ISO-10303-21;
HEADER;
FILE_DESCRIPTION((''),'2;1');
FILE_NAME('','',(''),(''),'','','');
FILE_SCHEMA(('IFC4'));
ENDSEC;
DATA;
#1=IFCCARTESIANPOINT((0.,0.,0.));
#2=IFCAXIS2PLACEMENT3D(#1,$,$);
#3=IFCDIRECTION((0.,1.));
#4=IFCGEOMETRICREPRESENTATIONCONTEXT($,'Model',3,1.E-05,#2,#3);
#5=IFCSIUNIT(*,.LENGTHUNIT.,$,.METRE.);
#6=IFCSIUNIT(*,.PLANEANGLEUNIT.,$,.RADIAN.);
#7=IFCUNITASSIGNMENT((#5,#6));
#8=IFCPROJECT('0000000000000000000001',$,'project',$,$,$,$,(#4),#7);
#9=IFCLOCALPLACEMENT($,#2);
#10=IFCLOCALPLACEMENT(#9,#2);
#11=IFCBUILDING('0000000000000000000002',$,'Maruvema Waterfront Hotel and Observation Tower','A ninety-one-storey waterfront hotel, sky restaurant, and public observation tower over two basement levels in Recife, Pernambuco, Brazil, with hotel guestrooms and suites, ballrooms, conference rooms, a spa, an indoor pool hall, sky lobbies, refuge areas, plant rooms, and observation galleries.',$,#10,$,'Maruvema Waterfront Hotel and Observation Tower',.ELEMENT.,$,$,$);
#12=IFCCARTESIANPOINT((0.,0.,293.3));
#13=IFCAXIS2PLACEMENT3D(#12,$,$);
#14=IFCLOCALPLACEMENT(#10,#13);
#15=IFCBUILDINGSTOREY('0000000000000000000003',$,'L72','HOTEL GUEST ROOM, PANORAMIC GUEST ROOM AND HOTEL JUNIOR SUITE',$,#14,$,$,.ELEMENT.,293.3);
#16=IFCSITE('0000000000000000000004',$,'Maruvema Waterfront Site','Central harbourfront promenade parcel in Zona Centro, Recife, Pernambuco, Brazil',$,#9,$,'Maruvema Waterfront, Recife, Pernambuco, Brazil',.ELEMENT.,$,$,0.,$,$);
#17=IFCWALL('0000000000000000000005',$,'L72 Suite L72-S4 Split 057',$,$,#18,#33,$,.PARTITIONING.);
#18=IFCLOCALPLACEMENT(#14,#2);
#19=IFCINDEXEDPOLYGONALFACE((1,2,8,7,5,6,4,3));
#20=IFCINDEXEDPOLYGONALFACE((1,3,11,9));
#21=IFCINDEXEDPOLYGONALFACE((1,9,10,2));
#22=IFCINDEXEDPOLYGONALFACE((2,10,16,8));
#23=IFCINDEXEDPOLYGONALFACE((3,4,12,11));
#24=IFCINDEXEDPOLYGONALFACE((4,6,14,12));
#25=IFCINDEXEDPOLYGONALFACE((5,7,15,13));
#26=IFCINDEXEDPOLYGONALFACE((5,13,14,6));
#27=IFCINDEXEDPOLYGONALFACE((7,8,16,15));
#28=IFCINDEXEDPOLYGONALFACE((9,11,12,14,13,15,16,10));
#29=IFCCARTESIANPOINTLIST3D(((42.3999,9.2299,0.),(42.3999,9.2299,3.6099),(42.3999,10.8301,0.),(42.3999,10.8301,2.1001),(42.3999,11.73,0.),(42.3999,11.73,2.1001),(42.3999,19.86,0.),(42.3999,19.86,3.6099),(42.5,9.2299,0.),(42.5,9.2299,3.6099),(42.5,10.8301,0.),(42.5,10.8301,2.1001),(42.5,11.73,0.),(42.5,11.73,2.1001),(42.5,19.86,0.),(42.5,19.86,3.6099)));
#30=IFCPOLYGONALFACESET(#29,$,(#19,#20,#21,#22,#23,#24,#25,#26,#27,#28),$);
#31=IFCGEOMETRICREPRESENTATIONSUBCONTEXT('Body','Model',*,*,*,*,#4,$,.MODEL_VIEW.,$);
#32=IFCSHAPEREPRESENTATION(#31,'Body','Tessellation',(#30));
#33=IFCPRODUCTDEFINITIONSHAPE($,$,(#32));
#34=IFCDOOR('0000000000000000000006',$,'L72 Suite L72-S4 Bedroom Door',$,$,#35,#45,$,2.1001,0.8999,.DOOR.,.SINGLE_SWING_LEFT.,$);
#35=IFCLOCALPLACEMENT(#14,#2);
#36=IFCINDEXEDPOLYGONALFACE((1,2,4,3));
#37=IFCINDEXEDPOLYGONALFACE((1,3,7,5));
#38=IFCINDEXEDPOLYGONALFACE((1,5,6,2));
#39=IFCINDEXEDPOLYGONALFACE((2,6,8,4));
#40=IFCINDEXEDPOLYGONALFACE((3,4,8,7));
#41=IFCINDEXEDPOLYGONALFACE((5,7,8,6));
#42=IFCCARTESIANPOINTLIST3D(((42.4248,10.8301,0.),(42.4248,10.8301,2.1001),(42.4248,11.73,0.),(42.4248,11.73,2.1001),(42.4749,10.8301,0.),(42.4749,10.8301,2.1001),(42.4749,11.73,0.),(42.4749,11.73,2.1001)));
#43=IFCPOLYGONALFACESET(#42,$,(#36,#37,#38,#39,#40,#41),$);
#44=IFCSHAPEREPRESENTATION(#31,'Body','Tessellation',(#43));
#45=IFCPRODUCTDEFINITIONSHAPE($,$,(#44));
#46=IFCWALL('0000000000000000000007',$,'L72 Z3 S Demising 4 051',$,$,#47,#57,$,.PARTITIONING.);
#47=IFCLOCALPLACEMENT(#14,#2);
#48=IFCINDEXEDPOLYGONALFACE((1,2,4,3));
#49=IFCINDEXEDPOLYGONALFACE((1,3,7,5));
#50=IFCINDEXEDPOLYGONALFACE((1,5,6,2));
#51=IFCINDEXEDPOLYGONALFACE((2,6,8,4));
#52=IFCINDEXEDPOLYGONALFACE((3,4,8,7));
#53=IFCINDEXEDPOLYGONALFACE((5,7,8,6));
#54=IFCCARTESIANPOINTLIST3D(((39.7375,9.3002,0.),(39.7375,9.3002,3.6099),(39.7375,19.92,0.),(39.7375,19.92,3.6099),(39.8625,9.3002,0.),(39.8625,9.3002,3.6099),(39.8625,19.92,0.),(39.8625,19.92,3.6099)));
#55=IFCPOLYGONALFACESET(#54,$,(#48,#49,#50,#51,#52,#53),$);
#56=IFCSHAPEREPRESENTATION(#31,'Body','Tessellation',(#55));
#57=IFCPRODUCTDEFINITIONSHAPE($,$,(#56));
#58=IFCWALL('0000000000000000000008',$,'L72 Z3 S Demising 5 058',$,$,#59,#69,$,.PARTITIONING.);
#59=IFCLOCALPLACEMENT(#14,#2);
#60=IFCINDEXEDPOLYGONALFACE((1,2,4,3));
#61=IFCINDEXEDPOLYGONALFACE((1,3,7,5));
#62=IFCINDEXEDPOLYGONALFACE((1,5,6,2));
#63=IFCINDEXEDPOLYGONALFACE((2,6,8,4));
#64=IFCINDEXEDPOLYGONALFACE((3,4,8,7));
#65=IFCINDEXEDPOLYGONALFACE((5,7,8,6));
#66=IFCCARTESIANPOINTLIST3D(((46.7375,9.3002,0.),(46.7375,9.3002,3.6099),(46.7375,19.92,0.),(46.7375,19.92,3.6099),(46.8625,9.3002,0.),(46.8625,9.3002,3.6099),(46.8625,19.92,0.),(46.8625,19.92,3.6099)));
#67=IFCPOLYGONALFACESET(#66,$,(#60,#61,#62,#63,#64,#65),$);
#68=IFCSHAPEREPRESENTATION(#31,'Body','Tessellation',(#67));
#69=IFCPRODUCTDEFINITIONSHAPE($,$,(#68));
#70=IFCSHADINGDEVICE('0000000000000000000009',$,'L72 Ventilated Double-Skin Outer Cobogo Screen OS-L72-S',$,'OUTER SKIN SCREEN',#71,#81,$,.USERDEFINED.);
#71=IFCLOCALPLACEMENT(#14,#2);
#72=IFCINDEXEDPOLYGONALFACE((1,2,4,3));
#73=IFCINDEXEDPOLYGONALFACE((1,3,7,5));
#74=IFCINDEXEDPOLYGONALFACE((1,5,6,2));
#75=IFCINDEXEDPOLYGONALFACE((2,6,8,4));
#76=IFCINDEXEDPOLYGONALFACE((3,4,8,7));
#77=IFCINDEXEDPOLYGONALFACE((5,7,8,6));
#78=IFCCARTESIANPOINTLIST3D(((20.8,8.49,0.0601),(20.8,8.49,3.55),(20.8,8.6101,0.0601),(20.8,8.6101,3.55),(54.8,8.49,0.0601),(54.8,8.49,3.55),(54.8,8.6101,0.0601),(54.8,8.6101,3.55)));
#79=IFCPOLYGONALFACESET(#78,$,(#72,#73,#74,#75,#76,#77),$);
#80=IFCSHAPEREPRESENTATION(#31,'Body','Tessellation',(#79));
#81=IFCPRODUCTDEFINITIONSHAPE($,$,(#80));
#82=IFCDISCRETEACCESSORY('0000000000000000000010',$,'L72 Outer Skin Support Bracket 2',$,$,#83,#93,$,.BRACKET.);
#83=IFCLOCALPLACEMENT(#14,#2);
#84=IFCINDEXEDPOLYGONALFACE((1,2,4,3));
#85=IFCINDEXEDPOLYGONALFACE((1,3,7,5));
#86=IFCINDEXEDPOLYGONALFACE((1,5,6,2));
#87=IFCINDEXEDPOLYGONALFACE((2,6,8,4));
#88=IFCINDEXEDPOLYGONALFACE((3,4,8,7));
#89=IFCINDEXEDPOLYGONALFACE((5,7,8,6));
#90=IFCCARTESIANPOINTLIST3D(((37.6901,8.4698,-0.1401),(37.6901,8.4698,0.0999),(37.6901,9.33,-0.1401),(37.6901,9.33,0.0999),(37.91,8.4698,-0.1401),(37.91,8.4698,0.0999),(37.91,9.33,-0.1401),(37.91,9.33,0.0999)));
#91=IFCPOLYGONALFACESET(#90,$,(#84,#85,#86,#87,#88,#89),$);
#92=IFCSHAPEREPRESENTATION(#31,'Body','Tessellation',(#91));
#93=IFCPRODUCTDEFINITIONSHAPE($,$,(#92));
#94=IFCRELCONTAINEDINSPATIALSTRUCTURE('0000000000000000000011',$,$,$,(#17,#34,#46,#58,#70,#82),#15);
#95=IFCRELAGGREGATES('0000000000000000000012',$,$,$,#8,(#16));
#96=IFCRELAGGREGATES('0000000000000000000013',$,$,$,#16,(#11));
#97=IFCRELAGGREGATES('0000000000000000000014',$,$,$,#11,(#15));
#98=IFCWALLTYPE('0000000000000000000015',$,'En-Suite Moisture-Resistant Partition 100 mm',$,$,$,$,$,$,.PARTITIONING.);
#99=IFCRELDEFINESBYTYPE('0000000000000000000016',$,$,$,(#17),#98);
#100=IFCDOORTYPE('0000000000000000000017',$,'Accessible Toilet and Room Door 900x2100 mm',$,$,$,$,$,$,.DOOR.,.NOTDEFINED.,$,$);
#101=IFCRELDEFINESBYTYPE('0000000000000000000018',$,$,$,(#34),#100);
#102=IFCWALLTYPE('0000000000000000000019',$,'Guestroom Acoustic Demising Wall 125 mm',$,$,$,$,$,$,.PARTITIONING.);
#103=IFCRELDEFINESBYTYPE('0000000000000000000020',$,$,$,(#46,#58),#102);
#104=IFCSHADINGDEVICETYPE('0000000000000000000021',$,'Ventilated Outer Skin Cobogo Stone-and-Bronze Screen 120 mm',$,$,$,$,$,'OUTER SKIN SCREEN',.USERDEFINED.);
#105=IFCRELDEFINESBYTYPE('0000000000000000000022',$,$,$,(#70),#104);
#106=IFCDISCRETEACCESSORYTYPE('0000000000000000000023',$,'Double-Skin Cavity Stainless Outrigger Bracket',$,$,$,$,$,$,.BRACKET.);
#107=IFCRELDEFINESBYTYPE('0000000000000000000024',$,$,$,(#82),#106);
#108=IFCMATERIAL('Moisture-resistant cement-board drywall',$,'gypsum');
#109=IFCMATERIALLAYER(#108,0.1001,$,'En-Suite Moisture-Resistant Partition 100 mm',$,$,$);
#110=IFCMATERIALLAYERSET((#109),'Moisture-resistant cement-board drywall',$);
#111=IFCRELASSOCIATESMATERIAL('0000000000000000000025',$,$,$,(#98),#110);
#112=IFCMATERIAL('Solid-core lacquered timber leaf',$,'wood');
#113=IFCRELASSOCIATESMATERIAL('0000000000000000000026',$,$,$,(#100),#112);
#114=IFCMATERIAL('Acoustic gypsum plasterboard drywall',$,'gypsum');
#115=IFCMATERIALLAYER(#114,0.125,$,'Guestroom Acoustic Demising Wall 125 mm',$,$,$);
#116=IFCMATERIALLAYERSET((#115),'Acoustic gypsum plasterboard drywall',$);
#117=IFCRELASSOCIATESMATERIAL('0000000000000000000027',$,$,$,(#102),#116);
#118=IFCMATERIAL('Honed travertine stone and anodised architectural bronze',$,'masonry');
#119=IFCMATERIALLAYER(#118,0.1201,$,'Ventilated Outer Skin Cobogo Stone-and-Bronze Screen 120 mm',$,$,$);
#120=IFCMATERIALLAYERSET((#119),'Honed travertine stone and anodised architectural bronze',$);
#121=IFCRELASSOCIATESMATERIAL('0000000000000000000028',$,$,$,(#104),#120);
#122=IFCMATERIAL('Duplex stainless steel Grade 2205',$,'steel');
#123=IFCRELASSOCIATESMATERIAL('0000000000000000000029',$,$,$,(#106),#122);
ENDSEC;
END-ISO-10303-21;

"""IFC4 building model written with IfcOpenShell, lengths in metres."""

from ifc_helpers import new_model, si_unit, direction, frame, frame_2d, origin, origin_2d, place, context, subcontext, project, spatial, rectangle, extrude, material, layer, layer_set, type_object, element, fill, save


model = new_model("IFC4")

# Units and contexts
model_context = context("Model", 3, precision=1e-05, world=origin(), true_north=direction((0.0, 1.0)))
body_context = subcontext(model_context, "Body", "Model", "MODEL_VIEW")
ifc_project = project(units=[si_unit("LENGTHUNIT", "METRE"), si_unit("PLANEANGLEUNIT", "RADIAN")], contexts=[model_context])

# Site, building, storey
site_placement = place(None, origin())
site = spatial("IfcSite", under=ifc_project, at=site_placement, Name="Maruvema Waterfront Site", Description="Central harbourfront promenade parcel in Zona Centro, Recife, Pernambuco, Brazil", LongName="Maruvema Waterfront, Recife, Pernambuco, Brazil", CompositionType="ELEMENT", RefElevation=0.0)
building_placement = place(site_placement, origin())
building = spatial("IfcBuilding", under=site, at=building_placement, Name="Maruvema Waterfront Hotel and Observation Tower", Description="A ninety-one-storey waterfront hotel, sky restaurant, and public observation tower over two basement levels in Recife, Pernambuco, Brazil, with hotel guestrooms and suites, ballrooms, conference rooms, a spa, an indoor pool hall, sky lobbies, refuge areas, plant rooms, and observation galleries.", LongName="Maruvema Waterfront Hotel and Observation Tower", CompositionType="ELEMENT")
storey_placement = place(building_placement, frame((0.0, 0.0, 293.3)))
storey = spatial("IfcBuildingStorey", under=building, at=storey_placement, Name="L72", Description="HOTEL GUEST ROOM, PANORAMIC GUEST ROOM AND HOTEL JUNIOR SUITE", CompositionType="ELEMENT", Elevation=293.3)

# Shared definitions
ifc_material_1 = material(Name="Moisture-resistant cement-board drywall", Category="gypsum")
ifc_layer_1 = layer(ifc_material_1, 0.1001, Name="En-Suite Moisture-Resistant Partition 100 mm")
ifc_layer_set_1 = layer_set([ifc_layer_1], Name="Moisture-resistant cement-board drywall")
wall_type_1 = type_object("IfcWallType", Name="En-Suite Moisture-Resistant Partition 100 mm", PredefinedType="PARTITIONING", material=ifc_layer_set_1)

# Wall, opening, door
wall_1_placement = place(storey_placement, frame((42.45, 9.23, 0.0), z_axis=(0.0, 0.0, 1.0), x_axis=(0.0, 1.0, 0.0)))
wall_1 = element("IfcWall", 1, at=wall_1_placement, inside=storey, type_object=wall_type_1, Name="L72 Suite L72-S4 Split 057", PredefinedType="PARTITIONING", context=body_context, shape_type="SweptSolid", body=[
    extrude(rectangle(XDim=10.6301, YDim=0.1001, at=frame_2d((5.3149, 0.0))), origin(), (0.0, 0.0, 1.0), 3.6099),
])
opening_1_placement = place(wall_1_placement, frame((1.6001, 0.0, 0.0)))
opening_1 = element("IfcOpeningElement", 2, at=opening_1_placement, cuts=wall_1, PredefinedType="OPENING", context=body_context, shape_type="SweptSolid", body=[
    extrude(rectangle(XDim=0.8999, YDim=2.1001, at=frame_2d((0.45, 1.05))), frame((0.0, 0.0601, 0.0), z_axis=(0.0, -1.0, 0.0), x_axis=(1.0, 0.0, 0.0)), (0.0, 0.0, 1.0), 0.1201),
])
ifc_material_2 = material(Name="Solid-core lacquered timber leaf", Category="wood")
door_type_1 = type_object("IfcDoorType", Name="Accessible Toilet and Room Door 900x2100 mm", OperationType="NOTDEFINED", PredefinedType="DOOR", material=ifc_material_2)
door_1_placement = place(opening_1_placement, frame((0.8999, 0.0, 0.0), z_axis=(0.0, 0.0, 1.0), x_axis=(-1.0, 0.0, 0.0)))
door_1 = element("IfcDoor", 3, at=door_1_placement, inside=storey, type_object=door_type_1, Name="L72 Suite L72-S4 Bedroom Door", OperationType="SINGLE_SWING_LEFT", OverallHeight=2.1001, OverallWidth=0.8999, PredefinedType="DOOR", context=body_context, shape_type="SweptSolid", body=[
    extrude(rectangle(XDim=0.8999, YDim=2.1001, at=frame_2d((0.45, 1.05))), frame((0.0, 0.0249, 0.0), z_axis=(0.0, -1.0, 0.0), x_axis=(1.0, 0.0, 0.0)), (0.0, 0.0, 1.0), 0.05),
])
fill(opening_1, door_1)

# Walls
ifc_material_3 = material(Name="Acoustic gypsum plasterboard drywall", Category="gypsum")
ifc_layer_2 = layer(ifc_material_3, 0.125, Name="Guestroom Acoustic Demising Wall 125 mm")
ifc_layer_set_2 = layer_set([ifc_layer_2], Name="Acoustic gypsum plasterboard drywall")
wall_type_2 = type_object("IfcWallType", Name="Guestroom Acoustic Demising Wall 125 mm", PredefinedType="PARTITIONING", material=ifc_layer_set_2)
for number, where, z_axis, x_axis, name in (
    (4, (39.8, 9.3, 0.0), (0.0, 0.0, 1.0), (0.0, 1.0, 0.0), "L72 Z3 S Demising 4 051"),
    (5, (46.8, 9.3, 0.0), (0.0, 0.0, 1.0), (0.0, 1.0, 0.0), "L72 Z3 S Demising 5 058"),
):
    element("IfcWall", number, at=place(storey_placement, frame(where, z_axis=z_axis, x_axis=x_axis)), inside=storey, type_object=wall_type_2, Name=name, PredefinedType="PARTITIONING", context=body_context, shape_type="SweptSolid", body=[
        extrude(rectangle(XDim=10.6199, YDim=0.125, at=frame_2d((5.3101, 0.0))), origin(), (0.0, 0.0, 1.0), 3.6099),
    ])

# Shading device
ifc_material_4 = material(Name="Honed travertine stone and anodised architectural bronze", Category="masonry")
ifc_layer_3 = layer(ifc_material_4, 0.1201, Name="Ventilated Outer Skin Cobogo Stone-and-Bronze Screen 120 mm")
ifc_layer_set_3 = layer_set([ifc_layer_3], Name="Honed travertine stone and anodised architectural bronze")
shading_device_type = type_object("IfcShadingDeviceType", Name="Ventilated Outer Skin Cobogo Stone-and-Bronze Screen 120 mm", ElementType="OUTER SKIN SCREEN", PredefinedType="USERDEFINED", material=ifc_layer_set_3)
shading_device_placement = place(storey_placement, frame((37.8, 8.55, 0.0601), z_axis=(0.0, 0.0, 1.0), x_axis=(1.0, 0.0, 0.0)))
element("IfcShadingDevice", 6, at=shading_device_placement, inside=storey, type_object=shading_device_type, Name="L72 Ventilated Double-Skin Outer Cobogo Screen OS-L72-S", ObjectType="OUTER SKIN SCREEN", PredefinedType="USERDEFINED", context=body_context, shape_type="SweptSolid", body=[
    extrude(rectangle(XDim=34.0, YDim=0.1201, at=origin_2d()), origin(), (0.0, 0.0, 1.0), 3.49),
])

# Discrete accessory
ifc_material_5 = material(Name="Duplex stainless steel Grade 2205", Category="steel")
discrete_accessory_type = type_object("IfcDiscreteAccessoryType", Name="Double-Skin Cavity Stainless Outrigger Bracket", PredefinedType="BRACKET", material=ifc_material_5)
discrete_accessory_placement = place(storey_placement, frame((37.8, 8.8999, -0.1401), z_axis=(0.0, 0.0, 1.0), x_axis=(1.0, 0.0, 0.0)))
element("IfcDiscreteAccessory", 7, at=discrete_accessory_placement, inside=storey, type_object=discrete_accessory_type, Name="L72 Outer Skin Support Bracket 2", PredefinedType="BRACKET", context=body_context, shape_type="SweptSolid", body=[
    extrude(rectangle(XDim=0.22, YDim=0.8601, at=origin_2d()), origin(), (0.0, 0.0, 1.0), 0.24),
])

save(model, "model.ifc")
